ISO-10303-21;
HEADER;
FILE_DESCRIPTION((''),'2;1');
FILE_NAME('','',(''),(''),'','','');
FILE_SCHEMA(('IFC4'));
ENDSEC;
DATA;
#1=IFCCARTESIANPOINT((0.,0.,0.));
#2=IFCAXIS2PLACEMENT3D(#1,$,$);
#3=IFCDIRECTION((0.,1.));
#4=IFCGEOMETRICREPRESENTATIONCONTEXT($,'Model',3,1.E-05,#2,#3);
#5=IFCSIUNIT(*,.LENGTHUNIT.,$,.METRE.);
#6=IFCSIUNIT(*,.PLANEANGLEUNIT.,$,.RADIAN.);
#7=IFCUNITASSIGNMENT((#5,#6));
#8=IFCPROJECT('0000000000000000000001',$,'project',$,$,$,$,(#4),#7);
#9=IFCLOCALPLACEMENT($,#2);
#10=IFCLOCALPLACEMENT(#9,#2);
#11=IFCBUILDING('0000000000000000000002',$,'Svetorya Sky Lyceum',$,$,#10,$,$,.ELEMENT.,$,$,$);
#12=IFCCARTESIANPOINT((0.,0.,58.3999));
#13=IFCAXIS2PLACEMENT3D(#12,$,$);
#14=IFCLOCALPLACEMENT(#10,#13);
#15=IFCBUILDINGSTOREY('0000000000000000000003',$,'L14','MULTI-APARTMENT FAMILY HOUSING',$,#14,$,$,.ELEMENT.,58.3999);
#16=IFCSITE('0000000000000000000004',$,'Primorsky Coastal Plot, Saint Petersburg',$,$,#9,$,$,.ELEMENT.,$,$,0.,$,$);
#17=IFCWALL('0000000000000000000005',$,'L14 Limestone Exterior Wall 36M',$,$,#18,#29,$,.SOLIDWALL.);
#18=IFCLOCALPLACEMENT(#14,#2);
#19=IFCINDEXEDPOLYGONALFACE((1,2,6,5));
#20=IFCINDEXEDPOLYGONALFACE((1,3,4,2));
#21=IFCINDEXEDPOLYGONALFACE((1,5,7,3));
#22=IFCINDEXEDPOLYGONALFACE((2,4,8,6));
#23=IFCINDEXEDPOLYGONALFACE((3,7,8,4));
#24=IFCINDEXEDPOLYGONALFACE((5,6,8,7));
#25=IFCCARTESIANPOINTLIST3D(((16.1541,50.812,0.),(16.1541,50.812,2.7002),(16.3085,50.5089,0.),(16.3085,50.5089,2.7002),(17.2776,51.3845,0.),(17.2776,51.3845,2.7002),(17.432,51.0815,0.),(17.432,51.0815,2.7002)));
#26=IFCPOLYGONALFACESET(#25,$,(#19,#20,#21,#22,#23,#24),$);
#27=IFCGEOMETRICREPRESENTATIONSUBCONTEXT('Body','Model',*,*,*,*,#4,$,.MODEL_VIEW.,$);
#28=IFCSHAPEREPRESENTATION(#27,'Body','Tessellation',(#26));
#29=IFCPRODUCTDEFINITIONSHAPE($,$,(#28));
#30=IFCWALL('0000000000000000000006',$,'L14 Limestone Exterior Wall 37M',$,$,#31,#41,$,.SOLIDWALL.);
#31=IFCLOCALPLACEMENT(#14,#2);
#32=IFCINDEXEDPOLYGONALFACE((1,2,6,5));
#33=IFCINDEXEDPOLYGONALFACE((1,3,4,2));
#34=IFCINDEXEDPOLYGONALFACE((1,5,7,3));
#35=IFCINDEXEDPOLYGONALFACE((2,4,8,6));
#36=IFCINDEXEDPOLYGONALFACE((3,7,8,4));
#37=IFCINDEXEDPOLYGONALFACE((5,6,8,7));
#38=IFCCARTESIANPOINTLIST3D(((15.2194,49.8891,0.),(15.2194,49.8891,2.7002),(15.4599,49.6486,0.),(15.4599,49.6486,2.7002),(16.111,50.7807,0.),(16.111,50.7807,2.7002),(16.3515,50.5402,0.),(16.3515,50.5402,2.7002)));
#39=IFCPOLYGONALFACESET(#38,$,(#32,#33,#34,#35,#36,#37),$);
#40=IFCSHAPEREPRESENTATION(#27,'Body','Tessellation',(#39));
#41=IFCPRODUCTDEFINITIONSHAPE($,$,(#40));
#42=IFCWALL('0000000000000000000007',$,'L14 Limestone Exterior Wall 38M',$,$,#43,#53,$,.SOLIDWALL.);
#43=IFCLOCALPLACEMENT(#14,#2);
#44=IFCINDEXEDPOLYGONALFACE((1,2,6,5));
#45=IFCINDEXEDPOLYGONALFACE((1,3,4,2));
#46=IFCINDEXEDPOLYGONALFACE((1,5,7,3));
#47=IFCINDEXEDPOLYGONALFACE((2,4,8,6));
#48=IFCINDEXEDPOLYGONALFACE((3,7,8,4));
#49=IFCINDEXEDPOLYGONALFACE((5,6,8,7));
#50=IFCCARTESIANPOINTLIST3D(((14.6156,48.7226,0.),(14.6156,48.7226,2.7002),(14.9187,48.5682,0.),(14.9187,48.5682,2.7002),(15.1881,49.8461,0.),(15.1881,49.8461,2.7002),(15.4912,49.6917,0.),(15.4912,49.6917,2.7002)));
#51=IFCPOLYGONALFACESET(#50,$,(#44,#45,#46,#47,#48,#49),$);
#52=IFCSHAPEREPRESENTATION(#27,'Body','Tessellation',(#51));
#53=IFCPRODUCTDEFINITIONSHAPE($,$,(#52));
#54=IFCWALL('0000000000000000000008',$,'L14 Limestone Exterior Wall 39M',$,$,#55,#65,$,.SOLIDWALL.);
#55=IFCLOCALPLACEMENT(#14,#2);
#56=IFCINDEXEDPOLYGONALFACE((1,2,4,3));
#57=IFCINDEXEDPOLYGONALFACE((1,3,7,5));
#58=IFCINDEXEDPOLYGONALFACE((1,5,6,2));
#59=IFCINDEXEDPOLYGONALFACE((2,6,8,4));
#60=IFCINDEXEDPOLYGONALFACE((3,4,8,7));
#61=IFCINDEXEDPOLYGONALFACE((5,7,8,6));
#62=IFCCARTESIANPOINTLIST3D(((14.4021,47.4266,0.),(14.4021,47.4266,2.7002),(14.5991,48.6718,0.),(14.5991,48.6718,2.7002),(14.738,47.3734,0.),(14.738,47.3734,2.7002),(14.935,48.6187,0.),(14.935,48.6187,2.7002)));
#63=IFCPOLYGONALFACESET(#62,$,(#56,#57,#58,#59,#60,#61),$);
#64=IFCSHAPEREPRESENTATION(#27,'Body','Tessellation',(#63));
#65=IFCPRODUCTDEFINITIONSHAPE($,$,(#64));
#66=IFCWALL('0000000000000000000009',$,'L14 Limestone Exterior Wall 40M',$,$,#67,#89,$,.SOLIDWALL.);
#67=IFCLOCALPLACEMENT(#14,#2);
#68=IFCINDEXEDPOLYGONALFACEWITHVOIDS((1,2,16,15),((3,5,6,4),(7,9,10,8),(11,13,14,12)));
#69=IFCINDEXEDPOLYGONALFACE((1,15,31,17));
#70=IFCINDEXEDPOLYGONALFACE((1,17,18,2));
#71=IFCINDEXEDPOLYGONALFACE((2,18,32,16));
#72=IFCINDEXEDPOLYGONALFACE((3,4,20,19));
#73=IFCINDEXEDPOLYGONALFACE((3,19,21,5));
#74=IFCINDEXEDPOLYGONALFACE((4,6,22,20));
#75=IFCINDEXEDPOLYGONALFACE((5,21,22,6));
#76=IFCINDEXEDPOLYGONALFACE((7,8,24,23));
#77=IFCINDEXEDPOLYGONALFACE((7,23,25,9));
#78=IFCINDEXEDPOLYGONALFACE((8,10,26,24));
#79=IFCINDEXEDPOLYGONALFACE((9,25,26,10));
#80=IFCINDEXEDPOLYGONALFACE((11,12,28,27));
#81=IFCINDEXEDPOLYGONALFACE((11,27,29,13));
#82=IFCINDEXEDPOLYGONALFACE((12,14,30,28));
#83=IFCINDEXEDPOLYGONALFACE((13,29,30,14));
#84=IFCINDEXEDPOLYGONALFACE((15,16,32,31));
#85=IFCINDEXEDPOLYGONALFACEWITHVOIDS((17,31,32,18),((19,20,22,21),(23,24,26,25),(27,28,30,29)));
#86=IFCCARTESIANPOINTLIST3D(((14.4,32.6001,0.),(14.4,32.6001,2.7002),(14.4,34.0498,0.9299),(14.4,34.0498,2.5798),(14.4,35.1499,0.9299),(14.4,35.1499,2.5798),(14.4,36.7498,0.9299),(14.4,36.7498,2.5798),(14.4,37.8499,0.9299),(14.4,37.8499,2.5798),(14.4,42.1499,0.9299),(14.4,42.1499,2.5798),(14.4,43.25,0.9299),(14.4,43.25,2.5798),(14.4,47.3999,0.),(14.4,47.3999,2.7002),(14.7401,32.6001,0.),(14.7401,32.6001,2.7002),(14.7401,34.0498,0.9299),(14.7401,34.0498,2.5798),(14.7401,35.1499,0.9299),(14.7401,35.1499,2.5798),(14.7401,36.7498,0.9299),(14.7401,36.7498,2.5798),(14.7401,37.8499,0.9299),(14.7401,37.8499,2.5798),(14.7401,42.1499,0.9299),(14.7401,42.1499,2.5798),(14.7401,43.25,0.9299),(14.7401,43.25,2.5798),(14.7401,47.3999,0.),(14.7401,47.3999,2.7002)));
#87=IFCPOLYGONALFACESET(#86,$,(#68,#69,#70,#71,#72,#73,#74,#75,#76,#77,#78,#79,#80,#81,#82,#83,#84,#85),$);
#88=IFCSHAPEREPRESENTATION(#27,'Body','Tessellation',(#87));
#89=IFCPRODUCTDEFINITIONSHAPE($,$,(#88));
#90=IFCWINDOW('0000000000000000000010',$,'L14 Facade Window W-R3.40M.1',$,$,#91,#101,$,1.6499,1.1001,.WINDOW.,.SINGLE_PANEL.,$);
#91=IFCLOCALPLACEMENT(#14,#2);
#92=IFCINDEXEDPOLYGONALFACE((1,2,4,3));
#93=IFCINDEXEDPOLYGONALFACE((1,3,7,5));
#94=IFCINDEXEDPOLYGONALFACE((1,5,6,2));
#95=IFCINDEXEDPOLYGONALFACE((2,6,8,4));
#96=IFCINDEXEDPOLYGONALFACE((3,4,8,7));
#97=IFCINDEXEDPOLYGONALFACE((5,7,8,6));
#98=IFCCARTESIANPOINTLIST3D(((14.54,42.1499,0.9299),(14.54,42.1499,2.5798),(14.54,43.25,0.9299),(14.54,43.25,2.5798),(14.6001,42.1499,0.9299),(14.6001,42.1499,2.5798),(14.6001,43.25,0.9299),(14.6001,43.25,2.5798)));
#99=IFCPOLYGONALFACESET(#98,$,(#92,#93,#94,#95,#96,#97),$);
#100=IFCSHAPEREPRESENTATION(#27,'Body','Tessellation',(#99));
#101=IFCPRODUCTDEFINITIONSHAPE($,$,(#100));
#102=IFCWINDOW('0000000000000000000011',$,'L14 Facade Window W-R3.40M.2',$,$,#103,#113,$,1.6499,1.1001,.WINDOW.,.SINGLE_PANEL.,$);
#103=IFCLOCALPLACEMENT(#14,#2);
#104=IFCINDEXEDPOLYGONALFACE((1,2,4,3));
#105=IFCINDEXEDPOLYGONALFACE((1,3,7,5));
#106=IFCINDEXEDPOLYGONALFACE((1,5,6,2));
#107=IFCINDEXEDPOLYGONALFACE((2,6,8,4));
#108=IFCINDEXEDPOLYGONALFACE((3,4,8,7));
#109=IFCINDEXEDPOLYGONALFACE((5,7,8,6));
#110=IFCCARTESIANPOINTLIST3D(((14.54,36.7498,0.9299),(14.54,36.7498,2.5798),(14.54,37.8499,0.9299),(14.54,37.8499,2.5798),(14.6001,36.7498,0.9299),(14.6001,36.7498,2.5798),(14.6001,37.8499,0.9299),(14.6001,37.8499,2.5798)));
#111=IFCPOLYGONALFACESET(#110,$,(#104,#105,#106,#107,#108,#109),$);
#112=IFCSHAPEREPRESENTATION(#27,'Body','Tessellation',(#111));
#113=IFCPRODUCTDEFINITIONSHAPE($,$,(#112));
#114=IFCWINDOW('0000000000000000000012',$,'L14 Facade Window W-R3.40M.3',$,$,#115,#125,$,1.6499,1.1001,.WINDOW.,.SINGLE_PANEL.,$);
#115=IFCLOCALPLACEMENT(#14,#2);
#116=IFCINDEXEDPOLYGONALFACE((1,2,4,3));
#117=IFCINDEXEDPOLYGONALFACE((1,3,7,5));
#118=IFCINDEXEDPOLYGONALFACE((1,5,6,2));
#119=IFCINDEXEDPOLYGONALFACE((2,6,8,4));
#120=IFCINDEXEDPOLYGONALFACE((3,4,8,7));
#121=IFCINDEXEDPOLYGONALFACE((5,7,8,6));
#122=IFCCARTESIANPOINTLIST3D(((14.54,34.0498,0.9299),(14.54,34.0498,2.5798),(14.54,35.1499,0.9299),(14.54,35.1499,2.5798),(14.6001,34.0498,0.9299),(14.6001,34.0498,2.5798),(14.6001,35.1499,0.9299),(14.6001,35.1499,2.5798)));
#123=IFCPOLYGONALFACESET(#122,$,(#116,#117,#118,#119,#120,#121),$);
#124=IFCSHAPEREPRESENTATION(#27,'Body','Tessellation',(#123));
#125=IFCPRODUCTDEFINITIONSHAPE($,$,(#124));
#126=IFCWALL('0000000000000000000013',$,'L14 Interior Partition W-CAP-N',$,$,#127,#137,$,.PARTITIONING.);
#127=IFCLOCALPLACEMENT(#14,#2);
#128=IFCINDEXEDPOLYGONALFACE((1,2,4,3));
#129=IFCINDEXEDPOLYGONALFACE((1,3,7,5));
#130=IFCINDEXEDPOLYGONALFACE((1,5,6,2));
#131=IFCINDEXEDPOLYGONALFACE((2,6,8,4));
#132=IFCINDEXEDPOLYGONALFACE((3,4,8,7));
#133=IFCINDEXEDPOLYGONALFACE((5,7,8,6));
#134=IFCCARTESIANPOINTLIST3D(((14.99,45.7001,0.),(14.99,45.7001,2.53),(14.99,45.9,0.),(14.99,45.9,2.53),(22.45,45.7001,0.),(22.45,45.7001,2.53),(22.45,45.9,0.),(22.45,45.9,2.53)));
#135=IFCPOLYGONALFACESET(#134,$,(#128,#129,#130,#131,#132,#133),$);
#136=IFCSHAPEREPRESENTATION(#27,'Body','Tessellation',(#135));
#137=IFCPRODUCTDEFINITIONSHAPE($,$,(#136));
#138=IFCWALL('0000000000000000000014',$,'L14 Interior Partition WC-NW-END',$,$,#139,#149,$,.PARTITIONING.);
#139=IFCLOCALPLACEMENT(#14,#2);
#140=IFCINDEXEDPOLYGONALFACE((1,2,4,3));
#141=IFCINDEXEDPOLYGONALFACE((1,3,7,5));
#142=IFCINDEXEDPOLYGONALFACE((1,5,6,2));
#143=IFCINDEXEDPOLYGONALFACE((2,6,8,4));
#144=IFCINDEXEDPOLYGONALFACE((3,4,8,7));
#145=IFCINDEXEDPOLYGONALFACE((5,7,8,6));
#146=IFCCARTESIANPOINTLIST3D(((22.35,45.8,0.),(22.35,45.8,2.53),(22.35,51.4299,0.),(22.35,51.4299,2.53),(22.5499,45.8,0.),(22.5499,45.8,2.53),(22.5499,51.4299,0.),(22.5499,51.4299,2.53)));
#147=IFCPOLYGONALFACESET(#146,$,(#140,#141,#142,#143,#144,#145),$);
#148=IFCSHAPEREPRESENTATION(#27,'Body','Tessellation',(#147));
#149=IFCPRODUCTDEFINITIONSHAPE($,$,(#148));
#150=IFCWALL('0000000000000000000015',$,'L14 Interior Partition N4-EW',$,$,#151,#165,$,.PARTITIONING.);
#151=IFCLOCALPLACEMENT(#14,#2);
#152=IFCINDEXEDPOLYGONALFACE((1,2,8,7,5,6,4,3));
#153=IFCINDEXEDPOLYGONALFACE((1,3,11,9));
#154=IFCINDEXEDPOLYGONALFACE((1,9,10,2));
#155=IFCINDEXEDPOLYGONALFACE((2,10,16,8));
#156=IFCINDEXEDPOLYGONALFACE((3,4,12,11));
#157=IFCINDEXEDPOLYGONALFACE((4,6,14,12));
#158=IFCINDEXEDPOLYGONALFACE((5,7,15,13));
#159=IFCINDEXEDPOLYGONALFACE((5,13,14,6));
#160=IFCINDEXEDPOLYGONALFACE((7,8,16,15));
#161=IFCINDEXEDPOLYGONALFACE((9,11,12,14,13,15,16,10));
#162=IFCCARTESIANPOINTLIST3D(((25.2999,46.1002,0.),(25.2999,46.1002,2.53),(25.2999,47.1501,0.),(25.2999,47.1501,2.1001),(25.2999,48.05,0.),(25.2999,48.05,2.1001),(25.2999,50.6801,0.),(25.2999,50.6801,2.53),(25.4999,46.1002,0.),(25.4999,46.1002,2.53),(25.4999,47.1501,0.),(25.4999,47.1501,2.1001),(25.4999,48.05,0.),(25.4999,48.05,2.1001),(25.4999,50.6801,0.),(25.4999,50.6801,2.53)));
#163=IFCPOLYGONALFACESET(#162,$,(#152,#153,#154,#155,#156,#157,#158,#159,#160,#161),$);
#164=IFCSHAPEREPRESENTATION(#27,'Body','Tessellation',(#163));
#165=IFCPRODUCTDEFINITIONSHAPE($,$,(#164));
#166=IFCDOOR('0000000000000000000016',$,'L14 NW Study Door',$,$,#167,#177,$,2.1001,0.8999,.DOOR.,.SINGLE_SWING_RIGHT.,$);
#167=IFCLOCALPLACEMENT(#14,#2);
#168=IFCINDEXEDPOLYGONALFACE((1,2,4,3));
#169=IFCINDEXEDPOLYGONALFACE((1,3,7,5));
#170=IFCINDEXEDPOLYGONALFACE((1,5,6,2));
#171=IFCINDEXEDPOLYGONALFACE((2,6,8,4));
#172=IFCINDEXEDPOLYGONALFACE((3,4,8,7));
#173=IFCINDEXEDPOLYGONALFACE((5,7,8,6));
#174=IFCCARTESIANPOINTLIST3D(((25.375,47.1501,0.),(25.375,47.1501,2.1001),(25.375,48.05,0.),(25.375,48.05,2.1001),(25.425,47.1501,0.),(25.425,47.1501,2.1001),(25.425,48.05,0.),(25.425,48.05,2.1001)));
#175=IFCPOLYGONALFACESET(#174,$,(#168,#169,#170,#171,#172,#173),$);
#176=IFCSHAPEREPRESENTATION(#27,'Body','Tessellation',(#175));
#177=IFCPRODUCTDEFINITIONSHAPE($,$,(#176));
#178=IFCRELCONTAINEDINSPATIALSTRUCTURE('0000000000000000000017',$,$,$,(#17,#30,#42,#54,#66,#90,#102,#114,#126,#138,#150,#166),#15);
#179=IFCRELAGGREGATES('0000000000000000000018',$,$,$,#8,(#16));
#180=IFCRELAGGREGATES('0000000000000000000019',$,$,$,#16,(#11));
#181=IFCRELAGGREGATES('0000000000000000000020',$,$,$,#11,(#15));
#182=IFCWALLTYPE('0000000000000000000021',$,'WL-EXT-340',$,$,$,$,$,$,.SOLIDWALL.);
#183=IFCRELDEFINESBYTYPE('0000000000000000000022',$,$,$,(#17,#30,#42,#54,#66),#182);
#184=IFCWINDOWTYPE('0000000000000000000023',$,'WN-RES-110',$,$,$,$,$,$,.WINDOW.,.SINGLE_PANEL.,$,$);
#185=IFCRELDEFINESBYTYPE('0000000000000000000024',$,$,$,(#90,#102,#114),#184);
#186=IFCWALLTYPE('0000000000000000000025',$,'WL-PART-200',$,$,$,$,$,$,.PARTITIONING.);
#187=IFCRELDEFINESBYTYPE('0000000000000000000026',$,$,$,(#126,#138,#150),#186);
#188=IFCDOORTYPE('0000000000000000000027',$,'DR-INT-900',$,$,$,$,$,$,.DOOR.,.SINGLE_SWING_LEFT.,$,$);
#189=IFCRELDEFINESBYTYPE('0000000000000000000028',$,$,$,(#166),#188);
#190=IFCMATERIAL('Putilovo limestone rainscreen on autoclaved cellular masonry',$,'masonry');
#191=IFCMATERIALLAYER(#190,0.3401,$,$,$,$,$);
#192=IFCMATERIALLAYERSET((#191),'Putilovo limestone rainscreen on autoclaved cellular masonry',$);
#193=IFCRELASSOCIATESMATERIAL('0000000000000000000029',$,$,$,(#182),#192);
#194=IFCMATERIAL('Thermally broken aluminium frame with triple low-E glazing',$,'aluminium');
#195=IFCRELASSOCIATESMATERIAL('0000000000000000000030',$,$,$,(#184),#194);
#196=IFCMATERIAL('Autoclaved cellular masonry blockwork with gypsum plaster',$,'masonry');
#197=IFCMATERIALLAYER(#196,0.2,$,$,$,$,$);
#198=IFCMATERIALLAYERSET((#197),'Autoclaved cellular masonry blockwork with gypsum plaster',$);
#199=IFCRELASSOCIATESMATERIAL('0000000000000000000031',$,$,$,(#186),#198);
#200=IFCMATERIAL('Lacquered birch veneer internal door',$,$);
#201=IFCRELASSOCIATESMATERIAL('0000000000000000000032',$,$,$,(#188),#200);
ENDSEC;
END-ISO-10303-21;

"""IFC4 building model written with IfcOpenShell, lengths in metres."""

from ifc_helpers import new_model, si_unit, direction, frame, frame_2d, origin, place, context, subcontext, project, spatial, rectangle, extrude, material, layer, layer_set, type_object, element, fill, save


model = new_model("IFC4")

# Units and contexts
model_context = context("Model", 3, precision=1e-05, world=origin(), true_north=direction((0.0, 1.0)))
body_context = subcontext(model_context, "Body", "Model", "MODEL_VIEW")
ifc_project = project(units=[si_unit("LENGTHUNIT", "METRE"), si_unit("PLANEANGLEUNIT", "RADIAN")], contexts=[model_context])

# Site, building, storey
site_placement = place(None, origin())
site = spatial("IfcSite", under=ifc_project, at=site_placement, Name="Primorsky Coastal Plot, Saint Petersburg", CompositionType="ELEMENT", RefElevation=0.0)
building_placement = place(site_placement, origin())
building = spatial("IfcBuilding", under=site, at=building_placement, Name="Svetorya Sky Lyceum", CompositionType="ELEMENT")
storey_placement = place(building_placement, frame((0.0, 0.0, 58.3999)))
storey = spatial("IfcBuildingStorey", under=building, at=storey_placement, Name="L14", Description="MULTI-APARTMENT FAMILY HOUSING", CompositionType="ELEMENT", Elevation=58.3999)

# Shared definitions
ifc_material_1 = material(Name="Putilovo limestone rainscreen on autoclaved cellular masonry", Category="masonry")
ifc_layer_1 = layer(ifc_material_1, 0.3401)
ifc_layer_set_1 = layer_set([ifc_layer_1], Name="Putilovo limestone rainscreen on autoclaved cellular masonry")
wall_type_1 = type_object("IfcWallType", Name="WL-EXT-340", PredefinedType="SOLIDWALL", material=ifc_layer_set_1)
ifc_material_2 = material(Name="Thermally broken aluminium frame with triple low-E glazing", Category="aluminium")

# Walls
for number, where, z_axis, x_axis, name in (
    (1, (17.3547, 51.2329, 0.0), (0.0, 0.0, 1.0), (-0.890994, -0.454016, 0.0), "L14 Limestone Exterior Wall 36M"),
    (2, (16.2312, 50.6604, 0.0), (0.0, 0.0, 1.0), (-0.707107, -0.707107, 0.0), "L14 Limestone Exterior Wall 37M"),
    (3, (15.3396, 49.7688, 0.0), (0.0, 0.0, 1.0), (-0.454016, -0.890994, 0.0), "L14 Limestone Exterior Wall 38M"),
):
    element("IfcWall", number, at=place(storey_placement, frame(where, z_axis=z_axis, x_axis=x_axis)), inside=storey, type_object=wall_type_1, Name=name, PredefinedType="SOLIDWALL", context=body_context, shape_type="SweptSolid", body=[
        extrude(rectangle(XDim=1.261, YDim=0.3401, at=frame_2d((0.6304, 0.0))), origin(), (0.0, 0.0, 1.0), 2.7002),
    ])
wall_1_placement = place(storey_placement, frame((14.7671, 48.6453, 0.0), z_axis=(0.0, 0.0, 1.0), x_axis=(-0.156261, -0.987716, 0.0)))
element("IfcWall", 4, at=wall_1_placement, inside=storey, type_object=wall_type_1, Name="L14 Limestone Exterior Wall 39M", PredefinedType="SOLIDWALL", context=body_context, shape_type="SweptSolid", body=[
    extrude(rectangle(XDim=1.2607, YDim=0.3401, at=frame_2d((0.6304, 0.0))), origin(), (0.0, 0.0, 1.0), 2.7002),
])

# Wall, openings, windows
wall_2_placement = place(storey_placement, frame((14.5701, 47.3999, 0.0), z_axis=(0.0, 0.0, 1.0), x_axis=(0.0, -1.0, 0.0)))
wall_2 = element("IfcWall", 5, at=wall_2_placement, inside=storey, type_object=wall_type_1, Name="L14 Limestone Exterior Wall 40M", PredefinedType="SOLIDWALL", context=body_context, shape_type="SweptSolid", body=[
    extrude(rectangle(XDim=14.7998, YDim=0.3401, at=frame_2d((7.3999, 0.0))), origin(), (0.0, 0.0, 1.0), 2.7002),
])
opening_1_placement = place(wall_2_placement, frame((4.1499, 0.0, 0.9299)))
opening_1 = element("IfcOpeningElement", 6, at=opening_1_placement, cuts=wall_2, PredefinedType="OPENING", context=body_context, shape_type="SweptSolid", body=[
    extrude(rectangle(XDim=1.1001, YDim=1.6499, at=frame_2d((0.55, 0.825))), frame((0.0, 0.1799, 0.0), z_axis=(0.0, -1.0, 0.0), x_axis=(1.0, 0.0, 0.0)), (0.0, 0.0, 1.0), 0.3601),
])
opening_2_placement = place(wall_2_placement, frame((9.55, 0.0, 0.9299)))
opening_2 = element("IfcOpeningElement", 7, at=opening_2_placement, cuts=wall_2, PredefinedType="OPENING", context=body_context, shape_type="SweptSolid", body=[
    extrude(rectangle(XDim=1.1001, YDim=1.6499, at=frame_2d((0.55, 0.825))), frame((0.0, 0.1799, 0.0), z_axis=(0.0, -1.0, 0.0), x_axis=(1.0, 0.0, 0.0)), (0.0, 0.0, 1.0), 0.3601),
])
opening_3_placement = place(wall_2_placement, frame((12.25, 0.0, 0.9299)))
opening_3 = element("IfcOpeningElement", 8, at=opening_3_placement, cuts=wall_2, PredefinedType="OPENING", context=body_context, shape_type="SweptSolid", body=[
    extrude(rectangle(XDim=1.1001, YDim=1.6499, at=frame_2d((0.55, 0.825))), frame((0.0, 0.1799, 0.0), z_axis=(0.0, -1.0, 0.0), x_axis=(1.0, 0.0, 0.0)), (0.0, 0.0, 1.0), 0.3601),
])
window_type_1 = type_object("IfcWindowType", Name="WN-RES-110", PartitioningType="SINGLE_PANEL", PredefinedType="WINDOW", material=ifc_material_2)
window_1_placement = place(opening_1_placement, origin())
window_1 = element("IfcWindow", 9, at=window_1_placement, inside=storey, type_object=window_type_1, Name="L14 Facade Window W-R3.40M.1", OverallHeight=1.6499, OverallWidth=1.1001, PartitioningType="SINGLE_PANEL", PredefinedType="WINDOW", context=body_context, shape_type="SweptSolid", body=[
    extrude(rectangle(XDim=1.1001, YDim=1.6499, at=frame_2d((0.55, 0.825))), frame((0.0, 0.03, 0.0), z_axis=(0.0, -1.0, 0.0), x_axis=(1.0, 0.0, 0.0)), (0.0, 0.0, 1.0), 0.0601),
])
fill(opening_1, window_1)
window_2_placement = place(opening_2_placement, origin())
window_2 = element("IfcWindow", 10, at=window_2_placement, inside=storey, type_object=window_type_1, Name="L14 Facade Window W-R3.40M.2", OverallHeight=1.6499, OverallWidth=1.1001, PartitioningType="SINGLE_PANEL", PredefinedType="WINDOW", context=body_context, shape_type="SweptSolid", body=[
    extrude(rectangle(XDim=1.1001, YDim=1.6499, at=frame_2d((0.55, 0.825))), frame((0.0, 0.03, 0.0), z_axis=(0.0, -1.0, 0.0), x_axis=(1.0, 0.0, 0.0)), (0.0, 0.0, 1.0), 0.0601),
])
fill(opening_2, window_2)
window_3_placement = place(opening_3_placement, origin())
window_3 = element("IfcWindow", 11, at=window_3_placement, inside=storey, type_object=window_type_1, Name="L14 Facade Window W-R3.40M.3", OverallHeight=1.6499, OverallWidth=1.1001, PartitioningType="SINGLE_PANEL", PredefinedType="WINDOW", context=body_context, shape_type="SweptSolid", body=[
    extrude(rectangle(XDim=1.1001, YDim=1.6499, at=frame_2d((0.55, 0.825))), frame((0.0, 0.03, 0.0), z_axis=(0.0, -1.0, 0.0), x_axis=(1.0, 0.0, 0.0)), (0.0, 0.0, 1.0), 0.0601),
])
fill(opening_3, window_3)

# Walls
ifc_material_3 = material(Name="Autoclaved cellular masonry blockwork with gypsum plaster", Category="masonry")
ifc_layer_2 = layer(ifc_material_3, 0.2)
ifc_layer_set_2 = layer_set([ifc_layer_2], Name="Autoclaved cellular masonry blockwork with gypsum plaster")
wall_type_2 = type_object("IfcWallType", Name="WL-PART-200", PredefinedType="PARTITIONING", material=ifc_layer_set_2)
wall_3_placement = place(storey_placement, frame((14.99, 45.8, 0.0), z_axis=(0.0, 0.0, 1.0), x_axis=(1.0, 0.0, 0.0)))
element("IfcWall", 12, at=wall_3_placement, inside=storey, type_object=wall_type_2, Name="L14 Interior Partition W-CAP-N", PredefinedType="PARTITIONING", context=body_context, shape_type="SweptSolid", body=[
    extrude(rectangle(XDim=7.46, YDim=0.2, at=frame_2d((3.73, 0.0))), origin(), (0.0, 0.0, 1.0), 2.53),
])
wall_4_placement = place(storey_placement, frame((22.45, 45.8, 0.0), z_axis=(0.0, 0.0, 1.0), x_axis=(0.0, 1.0, 0.0)))
element("IfcWall", 13, at=wall_4_placement, inside=storey, type_object=wall_type_2, Name="L14 Interior Partition WC-NW-END", PredefinedType="PARTITIONING", context=body_context, shape_type="SweptSolid", body=[
    extrude(rectangle(XDim=5.6299, YDim=0.2, at=frame_2d((2.8149, 0.0))), origin(), (0.0, 0.0, 1.0), 2.53),
])

# Wall, opening, door
wall_5_placement = place(storey_placement, frame((25.3999, 46.1001, 0.0), z_axis=(0.0, 0.0, 1.0), x_axis=(0.0, 1.0, 0.0)))
wall_5 = element("IfcWall", 14, at=wall_5_placement, inside=storey, type_object=wall_type_2, Name="L14 Interior Partition N4-EW", PredefinedType="PARTITIONING", context=body_context, shape_type="SweptSolid", body=[
    extrude(rectangle(XDim=4.5798, YDim=0.2, at=frame_2d((2.29, 0.0))), origin(), (0.0, 0.0, 1.0), 2.53),
])
opening_4_placement = place(wall_5_placement, frame((1.05, 0.0, 0.0)))
opening_4 = element("IfcOpeningElement", 15, at=opening_4_placement, cuts=wall_5, PredefinedType="OPENING", context=body_context, shape_type="SweptSolid", body=[
    extrude(rectangle(XDim=0.8999, YDim=2.1001, at=frame_2d((0.45, 1.05))), frame((0.0, 0.1099, 0.0), z_axis=(0.0, -1.0, 0.0), x_axis=(1.0, 0.0, 0.0)), (0.0, 0.0, 1.0), 0.22),
])
ifc_material_4 = material(Name="Lacquered birch veneer internal door")
door_type = type_object("IfcDoorType", Name="DR-INT-900", OperationType="SINGLE_SWING_LEFT", PredefinedType="DOOR", material=ifc_material_4)
door_placement = place(opening_4_placement, origin())
door = element("IfcDoor", 16, at=door_placement, inside=storey, type_object=door_type, Name="L14 NW Study Door", OperationType="SINGLE_SWING_RIGHT", OverallHeight=2.1001, OverallWidth=0.8999, PredefinedType="DOOR", context=body_context, shape_type="SweptSolid", body=[
    extrude(rectangle(XDim=0.8999, YDim=2.1001, at=frame_2d((0.45, 1.05))), frame((0.0, 0.0249, 0.0), z_axis=(0.0, -1.0, 0.0), x_axis=(1.0, 0.0, 0.0)), (0.0, 0.0, 1.0), 0.05),
])
fill(opening_4, door)

save(model, "model.ifc")
